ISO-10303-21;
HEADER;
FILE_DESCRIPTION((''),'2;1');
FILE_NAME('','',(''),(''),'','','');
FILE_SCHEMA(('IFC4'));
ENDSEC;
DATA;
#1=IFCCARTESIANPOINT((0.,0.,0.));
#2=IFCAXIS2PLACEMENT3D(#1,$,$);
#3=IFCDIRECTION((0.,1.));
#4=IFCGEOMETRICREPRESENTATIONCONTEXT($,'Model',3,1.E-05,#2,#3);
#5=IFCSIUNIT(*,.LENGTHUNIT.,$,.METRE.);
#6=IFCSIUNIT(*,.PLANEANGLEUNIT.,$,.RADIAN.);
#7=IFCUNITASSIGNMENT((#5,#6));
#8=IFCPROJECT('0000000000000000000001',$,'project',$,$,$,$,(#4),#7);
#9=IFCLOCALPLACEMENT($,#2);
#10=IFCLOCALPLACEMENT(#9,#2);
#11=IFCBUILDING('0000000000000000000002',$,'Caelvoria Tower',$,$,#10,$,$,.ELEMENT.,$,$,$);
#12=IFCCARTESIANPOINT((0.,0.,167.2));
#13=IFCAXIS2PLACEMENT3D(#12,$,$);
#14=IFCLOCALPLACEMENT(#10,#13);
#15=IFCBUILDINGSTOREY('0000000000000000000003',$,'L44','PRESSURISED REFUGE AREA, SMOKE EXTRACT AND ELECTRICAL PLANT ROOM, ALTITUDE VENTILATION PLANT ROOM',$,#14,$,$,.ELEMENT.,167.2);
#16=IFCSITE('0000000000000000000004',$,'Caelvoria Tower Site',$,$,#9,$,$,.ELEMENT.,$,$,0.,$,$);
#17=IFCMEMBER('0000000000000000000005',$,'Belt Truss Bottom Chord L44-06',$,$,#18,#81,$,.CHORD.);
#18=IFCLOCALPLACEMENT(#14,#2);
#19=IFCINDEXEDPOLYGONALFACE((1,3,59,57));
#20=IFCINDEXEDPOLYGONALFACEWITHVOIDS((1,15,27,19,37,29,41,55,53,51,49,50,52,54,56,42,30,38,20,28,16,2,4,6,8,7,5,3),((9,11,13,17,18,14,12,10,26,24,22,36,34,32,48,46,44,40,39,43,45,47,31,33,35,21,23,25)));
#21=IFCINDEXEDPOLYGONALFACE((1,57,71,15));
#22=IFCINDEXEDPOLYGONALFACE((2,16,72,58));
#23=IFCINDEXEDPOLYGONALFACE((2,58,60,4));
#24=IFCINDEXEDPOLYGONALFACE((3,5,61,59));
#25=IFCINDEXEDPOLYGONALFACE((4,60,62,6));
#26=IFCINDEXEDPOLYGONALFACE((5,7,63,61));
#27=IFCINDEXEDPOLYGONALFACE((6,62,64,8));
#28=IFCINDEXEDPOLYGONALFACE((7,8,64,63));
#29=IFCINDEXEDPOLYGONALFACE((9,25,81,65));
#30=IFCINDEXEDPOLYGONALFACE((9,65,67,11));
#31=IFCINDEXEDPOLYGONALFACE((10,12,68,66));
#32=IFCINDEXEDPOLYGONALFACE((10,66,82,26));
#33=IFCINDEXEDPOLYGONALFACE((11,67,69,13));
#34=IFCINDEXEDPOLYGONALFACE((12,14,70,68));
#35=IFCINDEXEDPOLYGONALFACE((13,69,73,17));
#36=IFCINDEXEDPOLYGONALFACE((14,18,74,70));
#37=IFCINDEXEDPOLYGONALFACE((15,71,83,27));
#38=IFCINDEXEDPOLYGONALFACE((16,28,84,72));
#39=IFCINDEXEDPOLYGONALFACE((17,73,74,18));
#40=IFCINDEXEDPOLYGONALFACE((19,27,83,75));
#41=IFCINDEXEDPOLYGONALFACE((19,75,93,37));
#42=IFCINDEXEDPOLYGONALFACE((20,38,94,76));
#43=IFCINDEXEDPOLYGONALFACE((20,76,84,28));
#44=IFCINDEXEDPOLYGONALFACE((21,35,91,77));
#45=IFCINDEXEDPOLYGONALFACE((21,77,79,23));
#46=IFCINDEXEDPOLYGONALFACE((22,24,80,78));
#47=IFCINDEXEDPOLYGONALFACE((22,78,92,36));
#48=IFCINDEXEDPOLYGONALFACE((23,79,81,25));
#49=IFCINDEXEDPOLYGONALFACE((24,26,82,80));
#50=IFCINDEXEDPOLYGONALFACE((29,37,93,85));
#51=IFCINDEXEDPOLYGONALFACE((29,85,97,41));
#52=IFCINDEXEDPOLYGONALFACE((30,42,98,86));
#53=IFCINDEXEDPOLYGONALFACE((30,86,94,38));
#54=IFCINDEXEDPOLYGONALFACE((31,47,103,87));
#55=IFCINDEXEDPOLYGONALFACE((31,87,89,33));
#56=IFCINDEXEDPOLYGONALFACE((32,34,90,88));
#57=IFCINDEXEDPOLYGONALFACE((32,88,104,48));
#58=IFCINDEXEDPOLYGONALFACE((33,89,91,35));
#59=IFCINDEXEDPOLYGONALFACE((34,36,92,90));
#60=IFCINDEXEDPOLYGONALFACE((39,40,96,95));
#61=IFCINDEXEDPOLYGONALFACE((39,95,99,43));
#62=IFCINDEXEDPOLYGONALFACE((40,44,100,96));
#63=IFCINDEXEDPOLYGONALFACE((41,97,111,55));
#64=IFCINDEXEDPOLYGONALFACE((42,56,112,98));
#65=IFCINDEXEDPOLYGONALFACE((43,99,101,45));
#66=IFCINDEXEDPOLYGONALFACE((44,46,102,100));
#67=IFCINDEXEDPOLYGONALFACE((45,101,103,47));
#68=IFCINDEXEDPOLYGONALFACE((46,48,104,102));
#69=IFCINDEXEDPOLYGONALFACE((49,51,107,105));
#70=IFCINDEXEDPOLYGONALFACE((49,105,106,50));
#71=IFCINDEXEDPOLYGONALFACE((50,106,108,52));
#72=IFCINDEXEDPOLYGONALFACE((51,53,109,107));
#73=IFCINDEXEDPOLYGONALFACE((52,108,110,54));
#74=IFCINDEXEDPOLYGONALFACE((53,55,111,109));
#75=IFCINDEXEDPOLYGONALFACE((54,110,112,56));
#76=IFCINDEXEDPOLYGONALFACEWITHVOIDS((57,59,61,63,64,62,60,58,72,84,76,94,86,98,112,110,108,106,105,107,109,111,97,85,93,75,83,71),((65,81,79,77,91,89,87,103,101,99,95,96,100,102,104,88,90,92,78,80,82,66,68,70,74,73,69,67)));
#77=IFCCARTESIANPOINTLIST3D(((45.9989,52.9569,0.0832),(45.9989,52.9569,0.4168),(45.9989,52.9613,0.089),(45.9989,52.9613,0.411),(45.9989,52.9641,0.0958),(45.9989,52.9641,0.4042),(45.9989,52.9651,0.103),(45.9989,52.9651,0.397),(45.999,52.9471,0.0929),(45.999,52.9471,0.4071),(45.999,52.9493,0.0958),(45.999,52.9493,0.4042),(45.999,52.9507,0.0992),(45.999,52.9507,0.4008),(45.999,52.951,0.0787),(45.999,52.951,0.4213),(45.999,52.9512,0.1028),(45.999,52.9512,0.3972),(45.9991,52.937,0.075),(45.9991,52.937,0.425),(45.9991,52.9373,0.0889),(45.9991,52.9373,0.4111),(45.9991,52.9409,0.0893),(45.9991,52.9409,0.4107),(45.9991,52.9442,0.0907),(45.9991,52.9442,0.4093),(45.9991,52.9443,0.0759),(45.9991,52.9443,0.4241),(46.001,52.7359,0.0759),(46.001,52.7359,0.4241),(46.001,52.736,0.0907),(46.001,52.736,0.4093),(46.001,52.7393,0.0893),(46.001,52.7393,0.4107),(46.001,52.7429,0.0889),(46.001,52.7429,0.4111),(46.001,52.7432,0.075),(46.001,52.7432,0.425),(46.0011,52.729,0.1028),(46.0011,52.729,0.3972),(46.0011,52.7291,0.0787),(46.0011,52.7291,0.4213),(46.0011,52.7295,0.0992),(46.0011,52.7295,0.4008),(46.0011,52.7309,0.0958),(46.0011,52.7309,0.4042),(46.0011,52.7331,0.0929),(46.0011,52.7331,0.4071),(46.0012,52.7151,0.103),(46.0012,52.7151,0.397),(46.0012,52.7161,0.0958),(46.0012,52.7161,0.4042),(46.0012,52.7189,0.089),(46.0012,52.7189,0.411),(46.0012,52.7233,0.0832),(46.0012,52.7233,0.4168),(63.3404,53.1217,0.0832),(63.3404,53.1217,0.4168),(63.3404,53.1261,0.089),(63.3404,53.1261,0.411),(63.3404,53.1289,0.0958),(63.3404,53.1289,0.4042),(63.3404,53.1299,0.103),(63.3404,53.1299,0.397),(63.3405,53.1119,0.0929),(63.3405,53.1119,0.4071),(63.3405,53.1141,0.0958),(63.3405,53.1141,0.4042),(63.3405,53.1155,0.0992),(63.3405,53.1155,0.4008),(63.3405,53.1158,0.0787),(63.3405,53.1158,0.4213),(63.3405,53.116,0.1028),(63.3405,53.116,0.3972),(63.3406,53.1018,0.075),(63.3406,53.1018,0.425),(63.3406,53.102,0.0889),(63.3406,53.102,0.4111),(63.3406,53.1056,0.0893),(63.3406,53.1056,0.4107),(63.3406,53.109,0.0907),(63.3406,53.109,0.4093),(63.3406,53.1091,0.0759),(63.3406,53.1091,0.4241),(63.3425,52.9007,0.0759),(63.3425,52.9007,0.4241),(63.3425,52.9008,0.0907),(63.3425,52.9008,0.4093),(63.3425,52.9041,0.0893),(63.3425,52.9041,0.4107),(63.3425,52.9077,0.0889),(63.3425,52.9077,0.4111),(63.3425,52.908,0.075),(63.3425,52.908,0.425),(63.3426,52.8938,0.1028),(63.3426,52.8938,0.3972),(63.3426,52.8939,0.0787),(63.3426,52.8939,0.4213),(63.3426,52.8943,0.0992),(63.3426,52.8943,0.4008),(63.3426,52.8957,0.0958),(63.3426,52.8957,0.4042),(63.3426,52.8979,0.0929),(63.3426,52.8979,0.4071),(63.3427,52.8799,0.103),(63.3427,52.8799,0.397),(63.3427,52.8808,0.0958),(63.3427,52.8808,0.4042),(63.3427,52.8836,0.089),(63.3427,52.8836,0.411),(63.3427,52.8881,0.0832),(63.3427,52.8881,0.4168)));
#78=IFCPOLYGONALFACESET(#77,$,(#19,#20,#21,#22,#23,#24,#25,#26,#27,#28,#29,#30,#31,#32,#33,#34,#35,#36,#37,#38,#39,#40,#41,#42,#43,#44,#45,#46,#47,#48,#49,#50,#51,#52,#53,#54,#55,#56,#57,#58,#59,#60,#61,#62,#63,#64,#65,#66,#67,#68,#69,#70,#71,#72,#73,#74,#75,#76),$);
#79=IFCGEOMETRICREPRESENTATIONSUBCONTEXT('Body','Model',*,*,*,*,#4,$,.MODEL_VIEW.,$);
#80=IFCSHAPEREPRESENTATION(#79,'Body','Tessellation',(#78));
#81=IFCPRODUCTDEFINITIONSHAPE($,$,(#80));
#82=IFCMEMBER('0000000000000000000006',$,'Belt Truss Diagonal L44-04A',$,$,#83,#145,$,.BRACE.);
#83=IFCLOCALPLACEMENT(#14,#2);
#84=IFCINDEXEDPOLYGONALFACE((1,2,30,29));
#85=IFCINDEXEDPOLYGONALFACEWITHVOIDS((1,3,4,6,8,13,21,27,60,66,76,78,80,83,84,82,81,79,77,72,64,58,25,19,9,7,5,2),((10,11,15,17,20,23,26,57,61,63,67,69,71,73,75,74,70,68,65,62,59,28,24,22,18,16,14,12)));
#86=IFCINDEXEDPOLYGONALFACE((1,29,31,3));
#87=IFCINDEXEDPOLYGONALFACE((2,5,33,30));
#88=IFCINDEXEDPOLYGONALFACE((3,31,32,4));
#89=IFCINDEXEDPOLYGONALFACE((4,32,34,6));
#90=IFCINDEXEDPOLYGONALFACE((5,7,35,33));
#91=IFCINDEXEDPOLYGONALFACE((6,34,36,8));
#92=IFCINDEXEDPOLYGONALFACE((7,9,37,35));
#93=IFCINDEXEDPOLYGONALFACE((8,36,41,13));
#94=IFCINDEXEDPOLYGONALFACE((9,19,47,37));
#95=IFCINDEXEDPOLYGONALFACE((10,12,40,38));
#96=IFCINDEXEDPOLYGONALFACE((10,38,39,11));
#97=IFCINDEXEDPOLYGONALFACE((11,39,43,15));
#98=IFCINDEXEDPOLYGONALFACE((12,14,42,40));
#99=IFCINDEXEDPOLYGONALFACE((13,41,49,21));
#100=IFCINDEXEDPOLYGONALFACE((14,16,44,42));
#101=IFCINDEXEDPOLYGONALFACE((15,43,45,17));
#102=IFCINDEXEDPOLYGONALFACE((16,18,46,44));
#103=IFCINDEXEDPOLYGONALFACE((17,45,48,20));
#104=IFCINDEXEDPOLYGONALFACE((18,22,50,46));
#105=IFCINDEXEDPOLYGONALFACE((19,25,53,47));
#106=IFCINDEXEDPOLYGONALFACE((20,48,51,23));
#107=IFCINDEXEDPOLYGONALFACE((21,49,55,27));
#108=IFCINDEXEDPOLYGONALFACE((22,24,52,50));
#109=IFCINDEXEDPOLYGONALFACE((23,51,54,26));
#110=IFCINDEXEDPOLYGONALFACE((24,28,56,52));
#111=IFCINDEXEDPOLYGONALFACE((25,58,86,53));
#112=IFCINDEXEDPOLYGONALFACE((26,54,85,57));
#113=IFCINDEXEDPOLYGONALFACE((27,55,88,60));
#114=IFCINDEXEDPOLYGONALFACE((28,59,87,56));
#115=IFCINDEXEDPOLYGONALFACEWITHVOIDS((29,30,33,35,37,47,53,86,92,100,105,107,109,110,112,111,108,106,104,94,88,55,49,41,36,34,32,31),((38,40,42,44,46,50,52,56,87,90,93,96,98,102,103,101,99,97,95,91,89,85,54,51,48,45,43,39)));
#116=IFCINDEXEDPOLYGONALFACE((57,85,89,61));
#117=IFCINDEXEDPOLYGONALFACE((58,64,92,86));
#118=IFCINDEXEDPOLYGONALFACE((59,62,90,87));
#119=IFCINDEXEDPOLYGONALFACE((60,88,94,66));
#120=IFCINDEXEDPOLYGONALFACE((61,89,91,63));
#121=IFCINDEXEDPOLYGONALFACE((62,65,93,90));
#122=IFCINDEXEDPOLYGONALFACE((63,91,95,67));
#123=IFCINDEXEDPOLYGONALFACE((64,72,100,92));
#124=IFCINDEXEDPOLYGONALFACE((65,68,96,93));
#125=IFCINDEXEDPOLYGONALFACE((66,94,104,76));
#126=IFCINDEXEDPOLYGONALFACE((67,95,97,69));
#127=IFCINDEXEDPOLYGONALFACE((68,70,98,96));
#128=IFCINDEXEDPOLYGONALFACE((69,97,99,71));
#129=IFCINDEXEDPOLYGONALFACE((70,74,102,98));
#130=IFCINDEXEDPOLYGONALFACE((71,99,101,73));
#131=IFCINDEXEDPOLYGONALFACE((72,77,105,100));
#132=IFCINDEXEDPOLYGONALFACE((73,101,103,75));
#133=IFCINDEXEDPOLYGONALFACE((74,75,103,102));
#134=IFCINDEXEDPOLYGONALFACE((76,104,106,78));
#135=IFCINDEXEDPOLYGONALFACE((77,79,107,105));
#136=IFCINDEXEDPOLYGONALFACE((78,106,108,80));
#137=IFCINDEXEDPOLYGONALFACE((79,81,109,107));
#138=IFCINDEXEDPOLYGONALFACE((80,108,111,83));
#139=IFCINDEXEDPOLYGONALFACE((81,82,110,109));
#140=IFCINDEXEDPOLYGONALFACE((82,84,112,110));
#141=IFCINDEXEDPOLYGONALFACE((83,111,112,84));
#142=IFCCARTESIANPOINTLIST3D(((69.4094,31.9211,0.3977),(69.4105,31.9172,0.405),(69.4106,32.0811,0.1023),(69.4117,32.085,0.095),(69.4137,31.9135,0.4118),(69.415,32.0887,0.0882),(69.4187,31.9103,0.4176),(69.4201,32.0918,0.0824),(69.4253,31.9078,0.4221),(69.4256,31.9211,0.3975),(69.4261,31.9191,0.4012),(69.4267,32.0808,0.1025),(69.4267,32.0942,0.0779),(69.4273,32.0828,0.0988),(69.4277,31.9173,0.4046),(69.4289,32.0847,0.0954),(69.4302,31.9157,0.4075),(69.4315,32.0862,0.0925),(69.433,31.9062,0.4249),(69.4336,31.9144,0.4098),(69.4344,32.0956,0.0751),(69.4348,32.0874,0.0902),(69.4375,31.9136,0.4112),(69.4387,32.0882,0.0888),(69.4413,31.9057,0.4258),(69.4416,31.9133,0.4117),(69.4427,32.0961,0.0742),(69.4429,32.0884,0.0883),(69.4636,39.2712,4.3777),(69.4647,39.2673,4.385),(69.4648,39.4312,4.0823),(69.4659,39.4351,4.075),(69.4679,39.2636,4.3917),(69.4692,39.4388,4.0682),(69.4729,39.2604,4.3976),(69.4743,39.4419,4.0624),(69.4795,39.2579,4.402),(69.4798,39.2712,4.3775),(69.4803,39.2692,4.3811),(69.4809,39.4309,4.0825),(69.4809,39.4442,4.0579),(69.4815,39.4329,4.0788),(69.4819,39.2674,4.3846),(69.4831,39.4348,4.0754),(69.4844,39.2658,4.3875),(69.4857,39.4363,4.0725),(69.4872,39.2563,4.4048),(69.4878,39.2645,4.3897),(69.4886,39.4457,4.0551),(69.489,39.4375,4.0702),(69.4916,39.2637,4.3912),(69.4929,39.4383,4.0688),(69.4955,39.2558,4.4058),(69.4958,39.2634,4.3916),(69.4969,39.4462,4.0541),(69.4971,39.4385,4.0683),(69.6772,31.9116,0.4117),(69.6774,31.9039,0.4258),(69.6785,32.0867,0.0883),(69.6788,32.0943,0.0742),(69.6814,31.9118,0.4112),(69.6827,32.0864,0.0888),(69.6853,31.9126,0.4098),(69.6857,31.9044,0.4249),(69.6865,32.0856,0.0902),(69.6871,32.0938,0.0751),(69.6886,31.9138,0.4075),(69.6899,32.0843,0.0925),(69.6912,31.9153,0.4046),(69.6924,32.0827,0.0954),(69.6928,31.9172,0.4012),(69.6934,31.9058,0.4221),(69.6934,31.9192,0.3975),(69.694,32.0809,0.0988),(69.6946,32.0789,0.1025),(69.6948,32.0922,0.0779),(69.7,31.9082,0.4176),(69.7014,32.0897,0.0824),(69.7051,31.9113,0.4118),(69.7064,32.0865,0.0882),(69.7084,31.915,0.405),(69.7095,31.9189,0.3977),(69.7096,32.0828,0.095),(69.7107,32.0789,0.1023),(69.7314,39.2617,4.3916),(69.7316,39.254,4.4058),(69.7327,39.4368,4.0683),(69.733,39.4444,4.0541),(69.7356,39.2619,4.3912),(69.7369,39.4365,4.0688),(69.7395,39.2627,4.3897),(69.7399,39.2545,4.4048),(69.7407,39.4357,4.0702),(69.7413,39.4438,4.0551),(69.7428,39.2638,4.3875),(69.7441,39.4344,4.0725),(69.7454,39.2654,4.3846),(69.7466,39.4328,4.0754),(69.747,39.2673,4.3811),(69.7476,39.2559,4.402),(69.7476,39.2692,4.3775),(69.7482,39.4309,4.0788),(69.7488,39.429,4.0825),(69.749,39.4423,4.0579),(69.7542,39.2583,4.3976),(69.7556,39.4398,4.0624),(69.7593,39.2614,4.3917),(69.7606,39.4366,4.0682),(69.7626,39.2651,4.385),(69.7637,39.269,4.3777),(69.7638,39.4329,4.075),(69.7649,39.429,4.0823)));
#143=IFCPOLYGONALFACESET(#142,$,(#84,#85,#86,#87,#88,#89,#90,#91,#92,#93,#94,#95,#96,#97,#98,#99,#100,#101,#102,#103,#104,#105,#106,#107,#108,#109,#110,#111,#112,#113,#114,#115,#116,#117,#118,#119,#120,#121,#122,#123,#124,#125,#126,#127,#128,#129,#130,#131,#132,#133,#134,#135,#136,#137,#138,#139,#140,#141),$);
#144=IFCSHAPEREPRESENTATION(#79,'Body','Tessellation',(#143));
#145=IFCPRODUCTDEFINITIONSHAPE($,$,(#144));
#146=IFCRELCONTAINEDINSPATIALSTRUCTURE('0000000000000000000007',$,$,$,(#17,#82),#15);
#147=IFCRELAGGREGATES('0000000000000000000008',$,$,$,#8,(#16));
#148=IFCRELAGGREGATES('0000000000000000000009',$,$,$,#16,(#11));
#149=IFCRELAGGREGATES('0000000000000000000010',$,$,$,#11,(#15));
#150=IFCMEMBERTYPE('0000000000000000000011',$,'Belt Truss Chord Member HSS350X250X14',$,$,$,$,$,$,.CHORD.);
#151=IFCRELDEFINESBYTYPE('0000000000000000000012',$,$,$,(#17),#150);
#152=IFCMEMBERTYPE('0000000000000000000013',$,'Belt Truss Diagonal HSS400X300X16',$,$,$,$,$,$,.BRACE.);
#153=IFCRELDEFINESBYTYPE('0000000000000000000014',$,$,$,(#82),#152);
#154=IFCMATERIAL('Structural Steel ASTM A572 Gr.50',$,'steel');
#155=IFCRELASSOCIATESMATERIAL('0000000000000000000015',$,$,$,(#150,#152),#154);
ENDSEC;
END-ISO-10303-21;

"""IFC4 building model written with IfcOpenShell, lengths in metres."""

from ifc_helpers import new_model, si_unit, direction, frame, origin, origin_2d, place, context, subcontext, project, spatial, hollow_rectangle, extrude, material, material_profile, profile_set, type_object, element, save


model = new_model("IFC4")

# Units and contexts
model_context = context("Model", 3, precision=1e-05, world=origin(), true_north=direction((0.0, 1.0)))
body_context = subcontext(model_context, "Body", "Model", "MODEL_VIEW")
ifc_project = project(units=[si_unit("LENGTHUNIT", "METRE"), si_unit("PLANEANGLEUNIT", "RADIAN")], contexts=[model_context])

# Site, building, storey
site_placement = place(None, origin())
site = spatial("IfcSite", under=ifc_project, at=site_placement, Name="Caelvoria Tower Site", CompositionType="ELEMENT", RefElevation=0.0)
building_placement = place(site_placement, origin())
building = spatial("IfcBuilding", under=site, at=building_placement, Name="Caelvoria Tower", CompositionType="ELEMENT")
storey_placement = place(building_placement, frame((0.0, 0.0, 167.2)))
storey = spatial("IfcBuildingStorey", under=building, at=storey_placement, Name="L44", Description="PRESSURISED REFUGE AREA, SMOKE EXTRACT AND ELECTRICAL PLANT ROOM, ALTITUDE VENTILATION PLANT ROOM", CompositionType="ELEMENT", Elevation=167.2)

# Shared definitions
ifc_material_1 = material(Name="Structural Steel ASTM A572 Gr.50", Category="steel")

# Members
ifc_material_profile_1 = material_profile(ifc_material_1, hollow_rectangle(XDim=0.25, YDim=0.3501, WallThickness=0.0139, InnerFilletRadius=0.0139, OuterFilletRadius=0.0281, at=origin_2d()), Name="Structural Steel ASTM A572 Gr.50")
ifc_profile_set_1 = profile_set([ifc_material_profile_1], Name="HSS350X250X14 - Structural Steel ASTM A572 Gr.50")
member_type_1 = type_object("IfcMemberType", Name="Belt Truss Chord Member HSS350X250X14", PredefinedType="CHORD", material=ifc_profile_set_1)
member_1_placement = place(storey_placement, frame((63.3416, 53.0049, 0.25), z_axis=(-0.999955, -0.009502, 0.0), x_axis=(0.009502, -0.999955, 0.0)))
element("IfcMember", 1, at=member_1_placement, inside=storey, type_object=member_type_1, Name="Belt Truss Bottom Chord L44-06", PredefinedType="CHORD", context=body_context, shape_type="SweptSolid", body=[
    extrude(hollow_rectangle(XDim=0.25, YDim=0.3501, WallThickness=0.0139, InnerFilletRadius=0.0139, OuterFilletRadius=0.0281, at=origin_2d()), origin(), (0.0, 0.0, 1.0), 17.3423),
])
ifc_material_profile_2 = material_profile(ifc_material_1, hollow_rectangle(XDim=0.3, YDim=0.3999, WallThickness=0.0161, InnerFilletRadius=0.0161, OuterFilletRadius=0.032, at=origin_2d()), Name="Structural Steel ASTM A572 Gr.50")
ifc_profile_set_2 = profile_set([ifc_material_profile_2], Name="HSS400X300X16 - Structural Steel ASTM A572 Gr.50")
member_type_2 = type_object("IfcMemberType", Name="Belt Truss Diagonal HSS400X300X16", PredefinedType="BRACE", material=ifc_profile_set_2)
for number, where, z_axis, x_axis, name in (
    (2, (69.5601, 32.0, 0.25), (0.006484, 0.87934, 0.476151), (-0.999973, 0.007374, 0.0), "Belt Truss Diagonal L44-04A"),
):
    element("IfcMember", number, at=place(storey_placement, frame(where, z_axis=z_axis, x_axis=x_axis)), inside=storey, type_object=member_type_2, Name=name, PredefinedType="BRACE", context=body_context, shape_type="SweptSolid", body=[
        extrude(hollow_rectangle(XDim=0.3, YDim=0.3999, WallThickness=0.0161, InnerFilletRadius=0.0161, OuterFilletRadius=0.032, at=origin_2d()), origin(), (0.0, 0.0, 1.0), 8.3586),
    ])

save(model, "model.ifc")
